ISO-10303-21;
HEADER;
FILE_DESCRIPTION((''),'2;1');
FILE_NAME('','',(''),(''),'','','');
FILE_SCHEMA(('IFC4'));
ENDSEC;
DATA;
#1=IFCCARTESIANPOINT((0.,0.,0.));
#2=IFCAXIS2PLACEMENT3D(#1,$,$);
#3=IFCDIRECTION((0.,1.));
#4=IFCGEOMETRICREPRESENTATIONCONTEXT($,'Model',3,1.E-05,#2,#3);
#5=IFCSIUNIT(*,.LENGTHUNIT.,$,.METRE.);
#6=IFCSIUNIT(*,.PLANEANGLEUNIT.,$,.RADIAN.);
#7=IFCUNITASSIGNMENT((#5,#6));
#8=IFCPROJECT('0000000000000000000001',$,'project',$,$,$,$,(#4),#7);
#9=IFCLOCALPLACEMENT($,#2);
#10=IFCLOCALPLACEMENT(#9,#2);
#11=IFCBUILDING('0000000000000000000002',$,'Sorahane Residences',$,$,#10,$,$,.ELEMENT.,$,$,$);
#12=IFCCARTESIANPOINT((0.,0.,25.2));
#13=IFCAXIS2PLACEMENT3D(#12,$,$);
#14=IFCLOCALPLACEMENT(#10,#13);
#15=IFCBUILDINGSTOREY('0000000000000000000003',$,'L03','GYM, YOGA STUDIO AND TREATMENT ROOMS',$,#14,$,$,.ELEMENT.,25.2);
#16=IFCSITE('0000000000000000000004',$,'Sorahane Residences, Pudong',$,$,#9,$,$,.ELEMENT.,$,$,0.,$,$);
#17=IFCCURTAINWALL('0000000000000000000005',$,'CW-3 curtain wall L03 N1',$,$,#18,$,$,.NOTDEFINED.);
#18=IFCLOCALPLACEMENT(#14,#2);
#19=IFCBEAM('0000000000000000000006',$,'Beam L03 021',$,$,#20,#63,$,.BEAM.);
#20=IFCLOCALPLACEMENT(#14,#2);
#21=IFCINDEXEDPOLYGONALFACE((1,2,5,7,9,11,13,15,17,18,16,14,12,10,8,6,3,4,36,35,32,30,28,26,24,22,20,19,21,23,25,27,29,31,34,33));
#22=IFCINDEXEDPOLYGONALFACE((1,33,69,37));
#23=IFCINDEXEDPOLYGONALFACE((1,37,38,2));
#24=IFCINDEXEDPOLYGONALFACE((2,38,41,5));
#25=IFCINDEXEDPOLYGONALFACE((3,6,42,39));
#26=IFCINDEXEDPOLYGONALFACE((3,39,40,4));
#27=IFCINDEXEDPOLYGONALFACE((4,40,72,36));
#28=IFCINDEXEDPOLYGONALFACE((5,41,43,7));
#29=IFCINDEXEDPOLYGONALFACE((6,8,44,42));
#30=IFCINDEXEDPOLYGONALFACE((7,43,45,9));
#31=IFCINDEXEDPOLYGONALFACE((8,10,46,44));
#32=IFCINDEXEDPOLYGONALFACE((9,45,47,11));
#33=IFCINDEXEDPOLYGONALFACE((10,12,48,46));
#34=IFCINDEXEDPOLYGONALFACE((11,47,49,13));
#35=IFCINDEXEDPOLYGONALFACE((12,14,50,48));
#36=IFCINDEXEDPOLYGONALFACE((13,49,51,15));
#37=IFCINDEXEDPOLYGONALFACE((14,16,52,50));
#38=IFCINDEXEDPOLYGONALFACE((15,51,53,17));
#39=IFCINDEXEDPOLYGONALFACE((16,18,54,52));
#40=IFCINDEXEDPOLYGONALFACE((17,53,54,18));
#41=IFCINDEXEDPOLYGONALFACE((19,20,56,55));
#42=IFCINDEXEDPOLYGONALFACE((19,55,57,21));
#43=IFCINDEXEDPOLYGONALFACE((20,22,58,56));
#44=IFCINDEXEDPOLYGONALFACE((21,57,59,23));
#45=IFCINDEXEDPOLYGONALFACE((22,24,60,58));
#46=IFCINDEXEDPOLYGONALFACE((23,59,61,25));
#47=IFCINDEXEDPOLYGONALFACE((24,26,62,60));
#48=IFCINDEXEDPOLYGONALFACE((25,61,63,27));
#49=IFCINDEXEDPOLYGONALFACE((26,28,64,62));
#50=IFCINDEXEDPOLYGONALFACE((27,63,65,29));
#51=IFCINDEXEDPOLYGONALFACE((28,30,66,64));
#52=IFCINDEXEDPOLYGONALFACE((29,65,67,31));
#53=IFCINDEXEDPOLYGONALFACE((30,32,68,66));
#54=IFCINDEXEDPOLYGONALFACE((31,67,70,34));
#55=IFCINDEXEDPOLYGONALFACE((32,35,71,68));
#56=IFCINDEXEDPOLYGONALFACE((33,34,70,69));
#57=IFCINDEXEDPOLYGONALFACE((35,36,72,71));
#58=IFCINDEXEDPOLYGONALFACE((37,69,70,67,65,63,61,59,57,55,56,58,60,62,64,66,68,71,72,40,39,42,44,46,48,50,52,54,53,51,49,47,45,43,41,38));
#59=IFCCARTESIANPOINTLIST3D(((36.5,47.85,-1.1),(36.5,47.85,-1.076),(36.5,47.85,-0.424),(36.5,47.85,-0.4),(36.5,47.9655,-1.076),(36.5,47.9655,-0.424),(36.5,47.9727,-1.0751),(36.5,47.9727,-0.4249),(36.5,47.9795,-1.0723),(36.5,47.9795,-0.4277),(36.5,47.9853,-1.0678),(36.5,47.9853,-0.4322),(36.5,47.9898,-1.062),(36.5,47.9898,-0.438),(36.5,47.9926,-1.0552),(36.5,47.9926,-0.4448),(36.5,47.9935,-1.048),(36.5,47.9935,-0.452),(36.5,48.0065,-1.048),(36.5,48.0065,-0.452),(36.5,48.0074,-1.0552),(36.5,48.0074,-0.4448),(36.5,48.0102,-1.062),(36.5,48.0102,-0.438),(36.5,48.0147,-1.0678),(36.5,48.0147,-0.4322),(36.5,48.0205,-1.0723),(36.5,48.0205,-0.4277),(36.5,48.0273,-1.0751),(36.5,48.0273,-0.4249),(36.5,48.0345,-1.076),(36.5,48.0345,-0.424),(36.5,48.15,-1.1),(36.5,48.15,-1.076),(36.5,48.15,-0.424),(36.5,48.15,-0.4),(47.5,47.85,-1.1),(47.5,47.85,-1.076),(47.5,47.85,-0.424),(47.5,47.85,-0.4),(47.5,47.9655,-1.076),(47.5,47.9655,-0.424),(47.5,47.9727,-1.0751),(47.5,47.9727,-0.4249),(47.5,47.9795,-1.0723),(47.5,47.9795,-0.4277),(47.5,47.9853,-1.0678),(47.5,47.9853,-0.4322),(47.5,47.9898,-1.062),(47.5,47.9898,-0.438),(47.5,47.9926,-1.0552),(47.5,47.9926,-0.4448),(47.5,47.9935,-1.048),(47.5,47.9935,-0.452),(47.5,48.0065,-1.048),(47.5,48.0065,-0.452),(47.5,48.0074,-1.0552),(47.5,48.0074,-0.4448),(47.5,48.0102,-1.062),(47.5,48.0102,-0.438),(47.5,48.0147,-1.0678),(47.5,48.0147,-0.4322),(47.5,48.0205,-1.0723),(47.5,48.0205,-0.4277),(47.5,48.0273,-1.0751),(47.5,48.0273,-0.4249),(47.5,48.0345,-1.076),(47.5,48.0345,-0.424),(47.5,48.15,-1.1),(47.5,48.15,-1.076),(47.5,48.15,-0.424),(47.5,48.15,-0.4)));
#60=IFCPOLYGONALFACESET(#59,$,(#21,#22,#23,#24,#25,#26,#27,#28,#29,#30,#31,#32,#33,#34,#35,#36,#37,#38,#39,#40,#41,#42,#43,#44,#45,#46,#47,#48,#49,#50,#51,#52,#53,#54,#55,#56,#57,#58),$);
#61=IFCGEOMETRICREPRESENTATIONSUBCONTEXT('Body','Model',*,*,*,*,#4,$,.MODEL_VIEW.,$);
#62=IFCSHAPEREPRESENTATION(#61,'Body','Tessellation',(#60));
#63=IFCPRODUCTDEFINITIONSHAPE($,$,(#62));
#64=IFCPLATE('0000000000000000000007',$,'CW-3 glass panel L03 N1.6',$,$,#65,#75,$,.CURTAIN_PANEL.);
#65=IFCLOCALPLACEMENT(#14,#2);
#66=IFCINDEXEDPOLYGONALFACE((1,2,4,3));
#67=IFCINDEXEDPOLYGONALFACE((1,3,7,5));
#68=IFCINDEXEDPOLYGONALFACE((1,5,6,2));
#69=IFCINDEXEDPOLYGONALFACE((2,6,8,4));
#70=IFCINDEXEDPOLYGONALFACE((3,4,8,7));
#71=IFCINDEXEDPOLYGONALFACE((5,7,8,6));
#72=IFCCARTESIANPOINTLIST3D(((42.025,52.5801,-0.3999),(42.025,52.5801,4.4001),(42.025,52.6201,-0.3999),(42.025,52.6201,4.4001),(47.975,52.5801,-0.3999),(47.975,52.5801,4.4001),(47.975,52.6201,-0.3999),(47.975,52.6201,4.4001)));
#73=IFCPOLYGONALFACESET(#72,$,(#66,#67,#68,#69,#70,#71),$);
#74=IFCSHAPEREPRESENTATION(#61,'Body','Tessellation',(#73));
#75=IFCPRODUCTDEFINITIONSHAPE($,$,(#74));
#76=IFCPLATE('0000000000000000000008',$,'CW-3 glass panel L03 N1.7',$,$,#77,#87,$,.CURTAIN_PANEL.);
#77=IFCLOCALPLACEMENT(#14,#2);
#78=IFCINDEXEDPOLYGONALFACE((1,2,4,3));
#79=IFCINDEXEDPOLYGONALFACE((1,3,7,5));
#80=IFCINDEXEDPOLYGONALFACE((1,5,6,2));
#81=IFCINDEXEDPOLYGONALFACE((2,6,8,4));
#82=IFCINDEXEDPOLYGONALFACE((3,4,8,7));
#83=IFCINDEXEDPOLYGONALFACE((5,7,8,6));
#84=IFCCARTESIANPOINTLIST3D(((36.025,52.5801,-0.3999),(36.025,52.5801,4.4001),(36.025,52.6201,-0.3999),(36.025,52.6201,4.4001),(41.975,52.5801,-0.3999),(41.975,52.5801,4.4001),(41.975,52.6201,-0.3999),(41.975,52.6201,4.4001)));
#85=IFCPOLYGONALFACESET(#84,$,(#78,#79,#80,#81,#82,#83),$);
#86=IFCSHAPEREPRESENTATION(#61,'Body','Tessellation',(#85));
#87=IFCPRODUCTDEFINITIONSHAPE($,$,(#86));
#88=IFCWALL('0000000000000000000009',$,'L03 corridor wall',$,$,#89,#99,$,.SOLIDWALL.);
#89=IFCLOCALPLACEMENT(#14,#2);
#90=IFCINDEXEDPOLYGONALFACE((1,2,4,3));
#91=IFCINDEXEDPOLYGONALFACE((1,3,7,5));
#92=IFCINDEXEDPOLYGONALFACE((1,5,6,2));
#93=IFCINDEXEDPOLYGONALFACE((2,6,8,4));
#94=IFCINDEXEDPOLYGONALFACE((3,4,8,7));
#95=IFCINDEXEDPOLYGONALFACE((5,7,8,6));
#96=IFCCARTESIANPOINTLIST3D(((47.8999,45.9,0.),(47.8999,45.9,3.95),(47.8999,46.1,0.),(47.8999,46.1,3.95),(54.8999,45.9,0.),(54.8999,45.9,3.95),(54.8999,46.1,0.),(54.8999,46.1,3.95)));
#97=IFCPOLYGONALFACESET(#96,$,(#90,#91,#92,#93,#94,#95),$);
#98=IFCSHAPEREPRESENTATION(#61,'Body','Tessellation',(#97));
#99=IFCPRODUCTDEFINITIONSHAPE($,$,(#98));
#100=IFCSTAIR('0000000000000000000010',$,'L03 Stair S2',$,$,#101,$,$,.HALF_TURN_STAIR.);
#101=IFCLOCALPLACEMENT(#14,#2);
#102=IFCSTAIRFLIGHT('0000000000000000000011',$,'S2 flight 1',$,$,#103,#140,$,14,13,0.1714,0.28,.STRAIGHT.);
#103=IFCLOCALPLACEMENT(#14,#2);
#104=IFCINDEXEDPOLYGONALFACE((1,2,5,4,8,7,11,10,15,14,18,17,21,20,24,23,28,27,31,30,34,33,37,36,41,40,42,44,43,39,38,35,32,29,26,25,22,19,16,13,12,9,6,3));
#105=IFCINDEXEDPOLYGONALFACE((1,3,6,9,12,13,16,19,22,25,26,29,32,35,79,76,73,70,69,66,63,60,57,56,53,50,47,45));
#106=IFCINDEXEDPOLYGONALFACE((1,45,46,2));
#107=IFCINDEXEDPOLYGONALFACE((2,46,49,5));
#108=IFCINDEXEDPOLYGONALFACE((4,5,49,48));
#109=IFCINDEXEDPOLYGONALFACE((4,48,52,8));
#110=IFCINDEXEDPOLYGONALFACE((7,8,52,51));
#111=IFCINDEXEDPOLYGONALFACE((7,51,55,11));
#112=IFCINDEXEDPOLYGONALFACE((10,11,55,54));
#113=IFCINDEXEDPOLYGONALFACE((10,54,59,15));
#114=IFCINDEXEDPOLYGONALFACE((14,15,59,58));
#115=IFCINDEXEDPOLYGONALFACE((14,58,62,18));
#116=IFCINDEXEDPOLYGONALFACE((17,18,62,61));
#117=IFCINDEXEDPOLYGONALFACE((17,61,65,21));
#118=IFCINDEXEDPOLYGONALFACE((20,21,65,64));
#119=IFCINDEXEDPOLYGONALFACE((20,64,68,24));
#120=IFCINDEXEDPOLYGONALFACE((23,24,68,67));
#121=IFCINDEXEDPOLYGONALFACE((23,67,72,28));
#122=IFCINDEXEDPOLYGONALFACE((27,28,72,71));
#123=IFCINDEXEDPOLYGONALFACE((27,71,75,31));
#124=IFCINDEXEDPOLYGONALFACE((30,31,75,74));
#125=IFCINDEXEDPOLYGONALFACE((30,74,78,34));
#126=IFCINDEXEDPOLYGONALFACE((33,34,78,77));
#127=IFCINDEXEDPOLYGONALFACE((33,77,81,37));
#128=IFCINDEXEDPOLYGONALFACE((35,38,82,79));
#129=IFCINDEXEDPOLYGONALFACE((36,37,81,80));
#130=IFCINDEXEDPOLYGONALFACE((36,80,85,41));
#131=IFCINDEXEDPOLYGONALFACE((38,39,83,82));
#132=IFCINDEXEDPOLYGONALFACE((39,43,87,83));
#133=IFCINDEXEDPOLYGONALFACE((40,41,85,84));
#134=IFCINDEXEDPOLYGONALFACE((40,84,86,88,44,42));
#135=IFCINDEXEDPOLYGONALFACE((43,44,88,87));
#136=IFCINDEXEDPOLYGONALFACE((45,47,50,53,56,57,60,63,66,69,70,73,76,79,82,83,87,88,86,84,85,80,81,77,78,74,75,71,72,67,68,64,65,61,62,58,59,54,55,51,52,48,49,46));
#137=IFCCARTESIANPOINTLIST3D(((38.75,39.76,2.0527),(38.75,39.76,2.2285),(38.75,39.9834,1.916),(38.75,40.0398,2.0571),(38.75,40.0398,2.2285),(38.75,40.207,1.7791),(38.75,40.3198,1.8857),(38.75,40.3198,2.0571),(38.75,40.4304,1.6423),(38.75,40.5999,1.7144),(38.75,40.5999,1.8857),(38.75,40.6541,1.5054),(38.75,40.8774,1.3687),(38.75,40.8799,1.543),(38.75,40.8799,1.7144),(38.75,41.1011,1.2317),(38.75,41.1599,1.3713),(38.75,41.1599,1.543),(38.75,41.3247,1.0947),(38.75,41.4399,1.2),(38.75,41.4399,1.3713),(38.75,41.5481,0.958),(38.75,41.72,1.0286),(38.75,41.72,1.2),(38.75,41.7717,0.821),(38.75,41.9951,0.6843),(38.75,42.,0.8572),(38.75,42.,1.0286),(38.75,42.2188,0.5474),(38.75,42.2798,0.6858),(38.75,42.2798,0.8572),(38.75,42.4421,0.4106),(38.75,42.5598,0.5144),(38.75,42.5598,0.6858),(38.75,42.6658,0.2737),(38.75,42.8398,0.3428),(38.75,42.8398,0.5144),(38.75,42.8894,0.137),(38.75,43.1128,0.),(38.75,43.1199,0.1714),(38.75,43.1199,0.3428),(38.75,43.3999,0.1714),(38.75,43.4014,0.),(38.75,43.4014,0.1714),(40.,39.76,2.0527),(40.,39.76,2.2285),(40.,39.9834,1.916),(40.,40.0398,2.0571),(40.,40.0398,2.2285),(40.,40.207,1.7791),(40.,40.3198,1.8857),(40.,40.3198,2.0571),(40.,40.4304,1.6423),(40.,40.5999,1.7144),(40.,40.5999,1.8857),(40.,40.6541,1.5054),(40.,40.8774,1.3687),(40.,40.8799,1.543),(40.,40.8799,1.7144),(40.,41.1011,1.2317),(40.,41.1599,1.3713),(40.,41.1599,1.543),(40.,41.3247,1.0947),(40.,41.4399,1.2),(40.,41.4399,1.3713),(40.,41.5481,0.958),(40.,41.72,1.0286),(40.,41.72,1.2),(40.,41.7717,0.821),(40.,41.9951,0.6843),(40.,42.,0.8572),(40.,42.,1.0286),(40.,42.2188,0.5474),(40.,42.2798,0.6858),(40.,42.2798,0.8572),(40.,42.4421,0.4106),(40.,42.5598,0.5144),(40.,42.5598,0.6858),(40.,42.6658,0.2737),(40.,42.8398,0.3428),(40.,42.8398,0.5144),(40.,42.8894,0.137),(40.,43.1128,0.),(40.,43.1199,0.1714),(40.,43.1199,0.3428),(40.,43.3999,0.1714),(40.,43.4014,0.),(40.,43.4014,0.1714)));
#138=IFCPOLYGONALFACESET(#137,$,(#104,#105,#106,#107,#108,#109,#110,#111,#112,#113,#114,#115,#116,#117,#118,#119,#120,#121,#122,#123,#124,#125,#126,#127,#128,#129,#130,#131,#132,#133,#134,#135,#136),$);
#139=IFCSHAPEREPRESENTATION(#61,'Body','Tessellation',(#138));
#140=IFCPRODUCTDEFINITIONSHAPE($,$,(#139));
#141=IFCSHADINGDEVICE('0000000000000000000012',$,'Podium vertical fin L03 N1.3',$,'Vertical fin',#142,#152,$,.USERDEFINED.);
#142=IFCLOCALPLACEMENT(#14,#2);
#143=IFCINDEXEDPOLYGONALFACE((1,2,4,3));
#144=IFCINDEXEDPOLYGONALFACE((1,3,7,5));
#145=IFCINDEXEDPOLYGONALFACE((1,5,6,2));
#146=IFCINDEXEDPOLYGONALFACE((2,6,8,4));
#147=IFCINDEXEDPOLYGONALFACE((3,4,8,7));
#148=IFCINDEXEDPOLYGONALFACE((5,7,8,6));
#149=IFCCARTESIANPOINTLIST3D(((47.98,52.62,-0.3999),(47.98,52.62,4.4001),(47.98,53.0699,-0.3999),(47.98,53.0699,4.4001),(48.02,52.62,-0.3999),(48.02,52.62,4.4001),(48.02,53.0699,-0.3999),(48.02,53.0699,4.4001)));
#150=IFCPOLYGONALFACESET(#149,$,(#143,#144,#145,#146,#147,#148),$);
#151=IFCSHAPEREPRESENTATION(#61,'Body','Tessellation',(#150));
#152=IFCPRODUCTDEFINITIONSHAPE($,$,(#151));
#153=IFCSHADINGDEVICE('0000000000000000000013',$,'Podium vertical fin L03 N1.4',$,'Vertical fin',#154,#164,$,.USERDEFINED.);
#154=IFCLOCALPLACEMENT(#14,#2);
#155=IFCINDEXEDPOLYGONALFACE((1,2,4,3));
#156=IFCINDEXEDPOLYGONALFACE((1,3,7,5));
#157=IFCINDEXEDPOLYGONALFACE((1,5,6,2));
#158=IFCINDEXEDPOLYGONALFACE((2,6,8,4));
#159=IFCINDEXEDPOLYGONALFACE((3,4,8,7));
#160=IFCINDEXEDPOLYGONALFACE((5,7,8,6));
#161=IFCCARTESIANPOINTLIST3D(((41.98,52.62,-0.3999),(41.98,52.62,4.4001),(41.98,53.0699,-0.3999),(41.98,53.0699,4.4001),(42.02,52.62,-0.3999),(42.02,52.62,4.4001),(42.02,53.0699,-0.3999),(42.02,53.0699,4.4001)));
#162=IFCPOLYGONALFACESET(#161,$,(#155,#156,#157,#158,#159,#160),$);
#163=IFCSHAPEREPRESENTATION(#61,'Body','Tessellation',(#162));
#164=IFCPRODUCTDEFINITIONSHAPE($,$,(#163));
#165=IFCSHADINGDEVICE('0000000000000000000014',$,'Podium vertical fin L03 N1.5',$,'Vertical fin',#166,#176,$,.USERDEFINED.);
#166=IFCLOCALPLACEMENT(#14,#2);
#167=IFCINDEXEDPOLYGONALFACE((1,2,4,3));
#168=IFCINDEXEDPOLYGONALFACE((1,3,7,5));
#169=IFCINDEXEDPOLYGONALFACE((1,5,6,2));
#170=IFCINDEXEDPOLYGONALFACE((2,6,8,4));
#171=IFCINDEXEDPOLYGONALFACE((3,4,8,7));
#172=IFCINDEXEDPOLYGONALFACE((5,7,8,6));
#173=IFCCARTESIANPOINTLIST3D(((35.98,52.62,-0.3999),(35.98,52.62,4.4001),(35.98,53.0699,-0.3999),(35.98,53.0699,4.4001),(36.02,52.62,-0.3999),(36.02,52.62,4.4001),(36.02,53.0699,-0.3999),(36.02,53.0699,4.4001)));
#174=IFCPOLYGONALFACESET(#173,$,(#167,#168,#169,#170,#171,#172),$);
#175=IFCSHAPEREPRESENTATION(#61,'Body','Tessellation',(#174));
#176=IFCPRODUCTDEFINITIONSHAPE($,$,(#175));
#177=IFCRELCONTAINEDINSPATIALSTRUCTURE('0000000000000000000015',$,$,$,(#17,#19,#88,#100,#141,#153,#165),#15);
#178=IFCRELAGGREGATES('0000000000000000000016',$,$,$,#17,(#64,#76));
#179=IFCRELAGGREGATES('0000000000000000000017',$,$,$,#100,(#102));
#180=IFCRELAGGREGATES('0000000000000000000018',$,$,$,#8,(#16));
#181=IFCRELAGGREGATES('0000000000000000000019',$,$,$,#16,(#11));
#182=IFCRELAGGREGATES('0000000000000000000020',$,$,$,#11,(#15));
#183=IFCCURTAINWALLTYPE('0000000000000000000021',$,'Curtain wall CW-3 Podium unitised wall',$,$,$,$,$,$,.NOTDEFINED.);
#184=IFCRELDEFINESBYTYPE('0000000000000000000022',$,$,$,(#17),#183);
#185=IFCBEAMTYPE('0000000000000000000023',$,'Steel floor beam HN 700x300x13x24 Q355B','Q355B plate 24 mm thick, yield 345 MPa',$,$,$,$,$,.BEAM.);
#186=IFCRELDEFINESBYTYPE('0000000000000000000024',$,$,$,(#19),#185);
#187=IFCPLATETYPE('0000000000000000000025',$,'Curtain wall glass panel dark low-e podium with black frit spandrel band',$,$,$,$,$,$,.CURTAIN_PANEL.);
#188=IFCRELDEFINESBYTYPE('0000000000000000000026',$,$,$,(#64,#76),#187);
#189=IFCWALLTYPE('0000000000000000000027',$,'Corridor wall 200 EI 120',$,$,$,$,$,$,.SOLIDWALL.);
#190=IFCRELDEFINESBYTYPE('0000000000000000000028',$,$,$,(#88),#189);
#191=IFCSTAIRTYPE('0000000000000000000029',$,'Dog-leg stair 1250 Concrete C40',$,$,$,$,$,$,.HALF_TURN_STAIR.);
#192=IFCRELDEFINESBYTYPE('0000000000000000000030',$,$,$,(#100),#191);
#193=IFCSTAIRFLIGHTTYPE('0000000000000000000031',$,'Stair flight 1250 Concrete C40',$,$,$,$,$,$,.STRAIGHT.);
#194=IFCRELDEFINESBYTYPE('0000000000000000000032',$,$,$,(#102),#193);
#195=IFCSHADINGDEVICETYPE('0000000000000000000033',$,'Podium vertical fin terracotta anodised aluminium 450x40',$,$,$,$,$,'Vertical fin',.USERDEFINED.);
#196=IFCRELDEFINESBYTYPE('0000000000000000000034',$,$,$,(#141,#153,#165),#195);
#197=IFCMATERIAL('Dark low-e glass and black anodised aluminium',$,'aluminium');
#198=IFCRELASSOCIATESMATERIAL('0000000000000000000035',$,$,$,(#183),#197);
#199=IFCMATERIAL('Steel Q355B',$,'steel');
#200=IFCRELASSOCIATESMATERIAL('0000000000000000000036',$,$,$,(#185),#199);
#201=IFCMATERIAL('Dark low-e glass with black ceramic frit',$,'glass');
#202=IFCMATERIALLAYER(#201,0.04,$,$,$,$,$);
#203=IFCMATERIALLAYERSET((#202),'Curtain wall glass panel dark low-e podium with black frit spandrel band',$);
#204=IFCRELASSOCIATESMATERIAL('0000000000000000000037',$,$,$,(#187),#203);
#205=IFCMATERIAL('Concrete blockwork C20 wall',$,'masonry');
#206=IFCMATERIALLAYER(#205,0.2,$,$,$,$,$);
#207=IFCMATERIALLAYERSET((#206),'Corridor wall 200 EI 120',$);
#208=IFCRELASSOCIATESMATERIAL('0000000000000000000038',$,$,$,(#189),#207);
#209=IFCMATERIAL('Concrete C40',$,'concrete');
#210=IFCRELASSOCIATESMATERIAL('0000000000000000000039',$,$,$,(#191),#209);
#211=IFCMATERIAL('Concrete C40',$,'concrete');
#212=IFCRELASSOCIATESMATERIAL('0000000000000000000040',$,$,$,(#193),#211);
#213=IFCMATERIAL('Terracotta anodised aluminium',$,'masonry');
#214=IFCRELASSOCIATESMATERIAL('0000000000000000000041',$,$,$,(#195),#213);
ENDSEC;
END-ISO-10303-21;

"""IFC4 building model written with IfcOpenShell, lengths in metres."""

from ifc_helpers import new_model, si_unit, direction, frame, frame_2d, origin, origin_2d, place, context, subcontext, project, spatial, polyline, rectangle, i_section, outline, extrude, material, layer, layer_set, material_profile, profile_set, type_object, element, aggregate, save


model = new_model("IFC4")

# Units and contexts
model_context = context("Model", 3, precision=1e-05, world=origin(), true_north=direction((0.0, 1.0)))
body_context = subcontext(model_context, "Body", "Model", "MODEL_VIEW")
ifc_project = project(units=[si_unit("LENGTHUNIT", "METRE"), si_unit("PLANEANGLEUNIT", "RADIAN")], contexts=[model_context])

# Site, building, storey
site_placement = place(None, origin())
site = spatial("IfcSite", under=ifc_project, at=site_placement, Name="Sorahane Residences, Pudong", CompositionType="ELEMENT", RefElevation=0.0)
building_placement = place(site_placement, origin())
building = spatial("IfcBuilding", under=site, at=building_placement, Name="Sorahane Residences", CompositionType="ELEMENT")
storey_placement = place(building_placement, frame((0.0, 0.0, 25.2)))
storey = spatial("IfcBuildingStorey", under=building, at=storey_placement, Name="L03", Description="GYM, YOGA STUDIO AND TREATMENT ROOMS", CompositionType="ELEMENT", Elevation=25.2)

# Curtain wall
ifc_material_1 = material(Name="Dark low-e glass and black anodised aluminium", Category="aluminium")
curtain_wall_type = type_object("IfcCurtainWallType", Name="Curtain wall CW-3 Podium unitised wall", PredefinedType="NOTDEFINED", material=ifc_material_1)
curtain_wall_placement = place(storey_placement, origin())
curtain_wall = element("IfcCurtainWall", 1, at=curtain_wall_placement, inside=storey, type_object=curtain_wall_type, Name="CW-3 curtain wall L03 N1", PredefinedType="NOTDEFINED")

# Beam
ifc_material_2 = material(Name="Steel Q355B", Category="steel")
ifc_material_profile_1 = material_profile(ifc_material_2, i_section(OverallWidth=0.3, OverallDepth=0.7, WebThickness=0.0129, FlangeThickness=0.0239, FilletRadius=0.0281, at=origin_2d()), Name="HN 700x300x13x24")
ifc_profile_set_1 = profile_set([ifc_material_profile_1], Name="Steel Q355B")
beam_type_1 = type_object("IfcBeamType", Name="Steel floor beam HN 700x300x13x24 Q355B", Description="Q355B plate 24 mm thick, yield 345 MPa", PredefinedType="BEAM", material=ifc_profile_set_1)
beam_1_placement = place(storey_placement, frame((36.5, 48.0, -0.75), z_axis=(1.0, 0.0, 0.0), x_axis=(0.0, 1.0, 0.0)))
element("IfcBeam", 2, at=beam_1_placement, inside=storey, type_object=beam_type_1, Name="Beam L03 021", PredefinedType="BEAM", context=body_context, shape_type="SweptSolid", body=[
    extrude(i_section(OverallWidth=0.3, OverallDepth=0.7, WebThickness=0.0129, FlangeThickness=0.0239, FilletRadius=0.0281, at=origin_2d()), origin(), (0.0, 0.0, 1.0), 11.0),
])

# Plates
ifc_material_3 = material(Name="Dark low-e glass with black ceramic frit", Category="glass")
ifc_layer_1 = layer(ifc_material_3, 0.04)
ifc_layer_set_1 = layer_set([ifc_layer_1], Name="Curtain wall glass panel dark low-e podium with black frit spandrel band")
plate_type = type_object("IfcPlateType", Name="Curtain wall glass panel dark low-e podium with black frit spandrel band", PredefinedType="CURTAIN_PANEL", material=ifc_layer_set_1)
plate_1_placement = place(storey_placement, frame((45.0, 52.6001, -0.3999), z_axis=(0.0, 0.0, 1.0), x_axis=(-1.0, 0.0, 0.0)))
plate_1 = element("IfcPlate", 3, at=plate_1_placement, type_object=plate_type, Name="CW-3 glass panel L03 N1.6", PredefinedType="CURTAIN_PANEL", context=body_context, shape_type="SweptSolid", body=[
    extrude(rectangle(XDim=5.95, YDim=0.04, at=origin_2d()), origin(), (0.0, 0.0, 1.0), 4.8),
])
plate_2_placement = place(storey_placement, frame((39.0, 52.6001, -0.3999), z_axis=(0.0, 0.0, 1.0), x_axis=(-1.0, 0.0, 0.0)))
plate_2 = element("IfcPlate", 4, at=plate_2_placement, type_object=plate_type, Name="CW-3 glass panel L03 N1.7", PredefinedType="CURTAIN_PANEL", context=body_context, shape_type="SweptSolid", body=[
    extrude(rectangle(XDim=5.95, YDim=0.04, at=origin_2d()), origin(), (0.0, 0.0, 1.0), 4.8),
])
aggregate(curtain_wall, [plate_1, plate_2])

# Wall
ifc_material_4 = material(Name="Concrete blockwork C20 wall", Category="masonry")
ifc_layer_2 = layer(ifc_material_4, 0.2)
ifc_layer_set_2 = layer_set([ifc_layer_2], Name="Corridor wall 200 EI 120")
wall_type = type_object("IfcWallType", Name="Corridor wall 200 EI 120", PredefinedType="SOLIDWALL", material=ifc_layer_set_2)
wall_placement = place(storey_placement, frame((47.8999, 46.0, 0.0), z_axis=(0.0, 0.0, 1.0), x_axis=(1.0, 0.0, 0.0)))
element("IfcWall", 5, at=wall_placement, inside=storey, type_object=wall_type, Name="L03 corridor wall", PredefinedType="SOLIDWALL", context=body_context, shape_type="SweptSolid", body=[
    extrude(rectangle(XDim=7.0, YDim=0.2, at=frame_2d((3.5, 0.0))), origin(), (0.0, 0.0, 1.0), 3.95),
])

# Stair, stair flight
ifc_material_5 = material(Name="Concrete C40", Category="concrete")
stair_type = type_object("IfcStairType", Name="Dog-leg stair 1250 Concrete C40", PredefinedType="HALF_TURN_STAIR", material=ifc_material_5)
stair_placement = place(storey_placement, origin())
stair = element("IfcStair", 6, at=stair_placement, inside=storey, type_object=stair_type, Name="L03 Stair S2", PredefinedType="HALF_TURN_STAIR")
ifc_material_6 = material(Name="Concrete C40", Category="concrete")
stair_flight_type = type_object("IfcStairFlightType", Name="Stair flight 1250 Concrete C40", PredefinedType="STRAIGHT", material=ifc_material_6)
stair_flight_placement = place(storey_placement, frame((39.375, 43.3999, 0.0), z_axis=(0.0, 0.0, 1.0), x_axis=(0.0, -1.0, 0.0)))
stair_flight = element("IfcStairFlight", 7, at=stair_flight_placement, type_object=stair_flight_type, Name="S2 flight 1", NumberOfRisers=14, NumberOfTreads=13, PredefinedType="STRAIGHT", RiserHeight=0.1714, TreadLength=0.28, context=body_context, shape_type="SweptSolid", body=[
    extrude(outline(polyline([(-0.0015, 0.0), (-0.0015, 0.1714), (0.0, 0.1714), (0.28, 0.1714), (0.28, 0.3428), (0.5601, 0.3428), (0.5601, 0.5144), (0.8401, 0.5144), (0.8401, 0.6858), (1.1201, 0.6858), (1.1201, 0.8572), (1.3999, 0.8572), (1.3999, 1.0286), (1.6799, 1.0286), (1.6799, 1.2), (1.96, 1.2), (1.96, 1.3713), (2.24, 1.3713), (2.24, 1.543), (2.52, 1.543), (2.52, 1.7144), (2.8, 1.7144), (2.8, 1.8857), (3.0801, 1.8857), (3.0801, 2.0571), (3.3601, 2.0571), (3.3601, 2.2285), (3.6399, 2.2285), (3.6399, 2.3999), (3.6399, 2.0527), (3.4165, 1.916), (3.1929, 1.7791), (2.9695, 1.6423), (2.7458, 1.5054), (2.5225, 1.3687), (2.2988, 1.2317), (2.0752, 1.0947), (1.8518, 0.958), (1.6282, 0.821), (1.4048, 0.6843), (1.1812, 0.5474), (0.9578, 0.4106), (0.7341, 0.2737), (0.5105, 0.137), (0.2871, 0.0), (-0.0015, 0.0)])), frame((0.0, 0.625, 0.0), z_axis=(0.0, -1.0, 0.0), x_axis=(1.0, 0.0, 0.0)), (0.0, 0.0, 1.0), 1.25),
])
aggregate(stair, [stair_flight])

# Shading devices
ifc_material_7 = material(Name="Terracotta anodised aluminium", Category="masonry")
ifc_material_profile_2 = material_profile(ifc_material_7, rectangle(XDim=0.45, YDim=0.04, at=origin_2d()), Name="Podium vertical fin terracotta anodised aluminium 450x40")
ifc_profile_set_2 = profile_set([ifc_material_profile_2], Name="Terracotta anodised aluminium")
shading_device_type = type_object("IfcShadingDeviceType", Name="Podium vertical fin terracotta anodised aluminium 450x40", ElementType="Vertical fin", PredefinedType="USERDEFINED", material=ifc_profile_set_2)
for number, where, z_axis, x_axis, name in (
    (8, (48.0, 52.845, -0.3999), (0.0, 0.0, 1.0), (0.0, 1.0, 0.0), "Podium vertical fin L03 N1.3"),
    (9, (42.0, 52.845, -0.3999), (0.0, 0.0, 1.0), (0.0, 1.0, 0.0), "Podium vertical fin L03 N1.4"),
    (10, (36.0, 52.845, -0.3999), (0.0, 0.0, 1.0), (0.0, 1.0, 0.0), "Podium vertical fin L03 N1.5"),
):
    element("IfcShadingDevice", number, at=place(storey_placement, frame(where, z_axis=z_axis, x_axis=x_axis)), inside=storey, type_object=shading_device_type, Name=name, ObjectType="Vertical fin", PredefinedType="USERDEFINED", context=body_context, shape_type="SweptSolid", body=[
        extrude(rectangle(XDim=0.45, YDim=0.04, at=origin_2d()), origin(), (0.0, 0.0, 1.0), 4.8),
    ])

save(model, "model.ifc")
